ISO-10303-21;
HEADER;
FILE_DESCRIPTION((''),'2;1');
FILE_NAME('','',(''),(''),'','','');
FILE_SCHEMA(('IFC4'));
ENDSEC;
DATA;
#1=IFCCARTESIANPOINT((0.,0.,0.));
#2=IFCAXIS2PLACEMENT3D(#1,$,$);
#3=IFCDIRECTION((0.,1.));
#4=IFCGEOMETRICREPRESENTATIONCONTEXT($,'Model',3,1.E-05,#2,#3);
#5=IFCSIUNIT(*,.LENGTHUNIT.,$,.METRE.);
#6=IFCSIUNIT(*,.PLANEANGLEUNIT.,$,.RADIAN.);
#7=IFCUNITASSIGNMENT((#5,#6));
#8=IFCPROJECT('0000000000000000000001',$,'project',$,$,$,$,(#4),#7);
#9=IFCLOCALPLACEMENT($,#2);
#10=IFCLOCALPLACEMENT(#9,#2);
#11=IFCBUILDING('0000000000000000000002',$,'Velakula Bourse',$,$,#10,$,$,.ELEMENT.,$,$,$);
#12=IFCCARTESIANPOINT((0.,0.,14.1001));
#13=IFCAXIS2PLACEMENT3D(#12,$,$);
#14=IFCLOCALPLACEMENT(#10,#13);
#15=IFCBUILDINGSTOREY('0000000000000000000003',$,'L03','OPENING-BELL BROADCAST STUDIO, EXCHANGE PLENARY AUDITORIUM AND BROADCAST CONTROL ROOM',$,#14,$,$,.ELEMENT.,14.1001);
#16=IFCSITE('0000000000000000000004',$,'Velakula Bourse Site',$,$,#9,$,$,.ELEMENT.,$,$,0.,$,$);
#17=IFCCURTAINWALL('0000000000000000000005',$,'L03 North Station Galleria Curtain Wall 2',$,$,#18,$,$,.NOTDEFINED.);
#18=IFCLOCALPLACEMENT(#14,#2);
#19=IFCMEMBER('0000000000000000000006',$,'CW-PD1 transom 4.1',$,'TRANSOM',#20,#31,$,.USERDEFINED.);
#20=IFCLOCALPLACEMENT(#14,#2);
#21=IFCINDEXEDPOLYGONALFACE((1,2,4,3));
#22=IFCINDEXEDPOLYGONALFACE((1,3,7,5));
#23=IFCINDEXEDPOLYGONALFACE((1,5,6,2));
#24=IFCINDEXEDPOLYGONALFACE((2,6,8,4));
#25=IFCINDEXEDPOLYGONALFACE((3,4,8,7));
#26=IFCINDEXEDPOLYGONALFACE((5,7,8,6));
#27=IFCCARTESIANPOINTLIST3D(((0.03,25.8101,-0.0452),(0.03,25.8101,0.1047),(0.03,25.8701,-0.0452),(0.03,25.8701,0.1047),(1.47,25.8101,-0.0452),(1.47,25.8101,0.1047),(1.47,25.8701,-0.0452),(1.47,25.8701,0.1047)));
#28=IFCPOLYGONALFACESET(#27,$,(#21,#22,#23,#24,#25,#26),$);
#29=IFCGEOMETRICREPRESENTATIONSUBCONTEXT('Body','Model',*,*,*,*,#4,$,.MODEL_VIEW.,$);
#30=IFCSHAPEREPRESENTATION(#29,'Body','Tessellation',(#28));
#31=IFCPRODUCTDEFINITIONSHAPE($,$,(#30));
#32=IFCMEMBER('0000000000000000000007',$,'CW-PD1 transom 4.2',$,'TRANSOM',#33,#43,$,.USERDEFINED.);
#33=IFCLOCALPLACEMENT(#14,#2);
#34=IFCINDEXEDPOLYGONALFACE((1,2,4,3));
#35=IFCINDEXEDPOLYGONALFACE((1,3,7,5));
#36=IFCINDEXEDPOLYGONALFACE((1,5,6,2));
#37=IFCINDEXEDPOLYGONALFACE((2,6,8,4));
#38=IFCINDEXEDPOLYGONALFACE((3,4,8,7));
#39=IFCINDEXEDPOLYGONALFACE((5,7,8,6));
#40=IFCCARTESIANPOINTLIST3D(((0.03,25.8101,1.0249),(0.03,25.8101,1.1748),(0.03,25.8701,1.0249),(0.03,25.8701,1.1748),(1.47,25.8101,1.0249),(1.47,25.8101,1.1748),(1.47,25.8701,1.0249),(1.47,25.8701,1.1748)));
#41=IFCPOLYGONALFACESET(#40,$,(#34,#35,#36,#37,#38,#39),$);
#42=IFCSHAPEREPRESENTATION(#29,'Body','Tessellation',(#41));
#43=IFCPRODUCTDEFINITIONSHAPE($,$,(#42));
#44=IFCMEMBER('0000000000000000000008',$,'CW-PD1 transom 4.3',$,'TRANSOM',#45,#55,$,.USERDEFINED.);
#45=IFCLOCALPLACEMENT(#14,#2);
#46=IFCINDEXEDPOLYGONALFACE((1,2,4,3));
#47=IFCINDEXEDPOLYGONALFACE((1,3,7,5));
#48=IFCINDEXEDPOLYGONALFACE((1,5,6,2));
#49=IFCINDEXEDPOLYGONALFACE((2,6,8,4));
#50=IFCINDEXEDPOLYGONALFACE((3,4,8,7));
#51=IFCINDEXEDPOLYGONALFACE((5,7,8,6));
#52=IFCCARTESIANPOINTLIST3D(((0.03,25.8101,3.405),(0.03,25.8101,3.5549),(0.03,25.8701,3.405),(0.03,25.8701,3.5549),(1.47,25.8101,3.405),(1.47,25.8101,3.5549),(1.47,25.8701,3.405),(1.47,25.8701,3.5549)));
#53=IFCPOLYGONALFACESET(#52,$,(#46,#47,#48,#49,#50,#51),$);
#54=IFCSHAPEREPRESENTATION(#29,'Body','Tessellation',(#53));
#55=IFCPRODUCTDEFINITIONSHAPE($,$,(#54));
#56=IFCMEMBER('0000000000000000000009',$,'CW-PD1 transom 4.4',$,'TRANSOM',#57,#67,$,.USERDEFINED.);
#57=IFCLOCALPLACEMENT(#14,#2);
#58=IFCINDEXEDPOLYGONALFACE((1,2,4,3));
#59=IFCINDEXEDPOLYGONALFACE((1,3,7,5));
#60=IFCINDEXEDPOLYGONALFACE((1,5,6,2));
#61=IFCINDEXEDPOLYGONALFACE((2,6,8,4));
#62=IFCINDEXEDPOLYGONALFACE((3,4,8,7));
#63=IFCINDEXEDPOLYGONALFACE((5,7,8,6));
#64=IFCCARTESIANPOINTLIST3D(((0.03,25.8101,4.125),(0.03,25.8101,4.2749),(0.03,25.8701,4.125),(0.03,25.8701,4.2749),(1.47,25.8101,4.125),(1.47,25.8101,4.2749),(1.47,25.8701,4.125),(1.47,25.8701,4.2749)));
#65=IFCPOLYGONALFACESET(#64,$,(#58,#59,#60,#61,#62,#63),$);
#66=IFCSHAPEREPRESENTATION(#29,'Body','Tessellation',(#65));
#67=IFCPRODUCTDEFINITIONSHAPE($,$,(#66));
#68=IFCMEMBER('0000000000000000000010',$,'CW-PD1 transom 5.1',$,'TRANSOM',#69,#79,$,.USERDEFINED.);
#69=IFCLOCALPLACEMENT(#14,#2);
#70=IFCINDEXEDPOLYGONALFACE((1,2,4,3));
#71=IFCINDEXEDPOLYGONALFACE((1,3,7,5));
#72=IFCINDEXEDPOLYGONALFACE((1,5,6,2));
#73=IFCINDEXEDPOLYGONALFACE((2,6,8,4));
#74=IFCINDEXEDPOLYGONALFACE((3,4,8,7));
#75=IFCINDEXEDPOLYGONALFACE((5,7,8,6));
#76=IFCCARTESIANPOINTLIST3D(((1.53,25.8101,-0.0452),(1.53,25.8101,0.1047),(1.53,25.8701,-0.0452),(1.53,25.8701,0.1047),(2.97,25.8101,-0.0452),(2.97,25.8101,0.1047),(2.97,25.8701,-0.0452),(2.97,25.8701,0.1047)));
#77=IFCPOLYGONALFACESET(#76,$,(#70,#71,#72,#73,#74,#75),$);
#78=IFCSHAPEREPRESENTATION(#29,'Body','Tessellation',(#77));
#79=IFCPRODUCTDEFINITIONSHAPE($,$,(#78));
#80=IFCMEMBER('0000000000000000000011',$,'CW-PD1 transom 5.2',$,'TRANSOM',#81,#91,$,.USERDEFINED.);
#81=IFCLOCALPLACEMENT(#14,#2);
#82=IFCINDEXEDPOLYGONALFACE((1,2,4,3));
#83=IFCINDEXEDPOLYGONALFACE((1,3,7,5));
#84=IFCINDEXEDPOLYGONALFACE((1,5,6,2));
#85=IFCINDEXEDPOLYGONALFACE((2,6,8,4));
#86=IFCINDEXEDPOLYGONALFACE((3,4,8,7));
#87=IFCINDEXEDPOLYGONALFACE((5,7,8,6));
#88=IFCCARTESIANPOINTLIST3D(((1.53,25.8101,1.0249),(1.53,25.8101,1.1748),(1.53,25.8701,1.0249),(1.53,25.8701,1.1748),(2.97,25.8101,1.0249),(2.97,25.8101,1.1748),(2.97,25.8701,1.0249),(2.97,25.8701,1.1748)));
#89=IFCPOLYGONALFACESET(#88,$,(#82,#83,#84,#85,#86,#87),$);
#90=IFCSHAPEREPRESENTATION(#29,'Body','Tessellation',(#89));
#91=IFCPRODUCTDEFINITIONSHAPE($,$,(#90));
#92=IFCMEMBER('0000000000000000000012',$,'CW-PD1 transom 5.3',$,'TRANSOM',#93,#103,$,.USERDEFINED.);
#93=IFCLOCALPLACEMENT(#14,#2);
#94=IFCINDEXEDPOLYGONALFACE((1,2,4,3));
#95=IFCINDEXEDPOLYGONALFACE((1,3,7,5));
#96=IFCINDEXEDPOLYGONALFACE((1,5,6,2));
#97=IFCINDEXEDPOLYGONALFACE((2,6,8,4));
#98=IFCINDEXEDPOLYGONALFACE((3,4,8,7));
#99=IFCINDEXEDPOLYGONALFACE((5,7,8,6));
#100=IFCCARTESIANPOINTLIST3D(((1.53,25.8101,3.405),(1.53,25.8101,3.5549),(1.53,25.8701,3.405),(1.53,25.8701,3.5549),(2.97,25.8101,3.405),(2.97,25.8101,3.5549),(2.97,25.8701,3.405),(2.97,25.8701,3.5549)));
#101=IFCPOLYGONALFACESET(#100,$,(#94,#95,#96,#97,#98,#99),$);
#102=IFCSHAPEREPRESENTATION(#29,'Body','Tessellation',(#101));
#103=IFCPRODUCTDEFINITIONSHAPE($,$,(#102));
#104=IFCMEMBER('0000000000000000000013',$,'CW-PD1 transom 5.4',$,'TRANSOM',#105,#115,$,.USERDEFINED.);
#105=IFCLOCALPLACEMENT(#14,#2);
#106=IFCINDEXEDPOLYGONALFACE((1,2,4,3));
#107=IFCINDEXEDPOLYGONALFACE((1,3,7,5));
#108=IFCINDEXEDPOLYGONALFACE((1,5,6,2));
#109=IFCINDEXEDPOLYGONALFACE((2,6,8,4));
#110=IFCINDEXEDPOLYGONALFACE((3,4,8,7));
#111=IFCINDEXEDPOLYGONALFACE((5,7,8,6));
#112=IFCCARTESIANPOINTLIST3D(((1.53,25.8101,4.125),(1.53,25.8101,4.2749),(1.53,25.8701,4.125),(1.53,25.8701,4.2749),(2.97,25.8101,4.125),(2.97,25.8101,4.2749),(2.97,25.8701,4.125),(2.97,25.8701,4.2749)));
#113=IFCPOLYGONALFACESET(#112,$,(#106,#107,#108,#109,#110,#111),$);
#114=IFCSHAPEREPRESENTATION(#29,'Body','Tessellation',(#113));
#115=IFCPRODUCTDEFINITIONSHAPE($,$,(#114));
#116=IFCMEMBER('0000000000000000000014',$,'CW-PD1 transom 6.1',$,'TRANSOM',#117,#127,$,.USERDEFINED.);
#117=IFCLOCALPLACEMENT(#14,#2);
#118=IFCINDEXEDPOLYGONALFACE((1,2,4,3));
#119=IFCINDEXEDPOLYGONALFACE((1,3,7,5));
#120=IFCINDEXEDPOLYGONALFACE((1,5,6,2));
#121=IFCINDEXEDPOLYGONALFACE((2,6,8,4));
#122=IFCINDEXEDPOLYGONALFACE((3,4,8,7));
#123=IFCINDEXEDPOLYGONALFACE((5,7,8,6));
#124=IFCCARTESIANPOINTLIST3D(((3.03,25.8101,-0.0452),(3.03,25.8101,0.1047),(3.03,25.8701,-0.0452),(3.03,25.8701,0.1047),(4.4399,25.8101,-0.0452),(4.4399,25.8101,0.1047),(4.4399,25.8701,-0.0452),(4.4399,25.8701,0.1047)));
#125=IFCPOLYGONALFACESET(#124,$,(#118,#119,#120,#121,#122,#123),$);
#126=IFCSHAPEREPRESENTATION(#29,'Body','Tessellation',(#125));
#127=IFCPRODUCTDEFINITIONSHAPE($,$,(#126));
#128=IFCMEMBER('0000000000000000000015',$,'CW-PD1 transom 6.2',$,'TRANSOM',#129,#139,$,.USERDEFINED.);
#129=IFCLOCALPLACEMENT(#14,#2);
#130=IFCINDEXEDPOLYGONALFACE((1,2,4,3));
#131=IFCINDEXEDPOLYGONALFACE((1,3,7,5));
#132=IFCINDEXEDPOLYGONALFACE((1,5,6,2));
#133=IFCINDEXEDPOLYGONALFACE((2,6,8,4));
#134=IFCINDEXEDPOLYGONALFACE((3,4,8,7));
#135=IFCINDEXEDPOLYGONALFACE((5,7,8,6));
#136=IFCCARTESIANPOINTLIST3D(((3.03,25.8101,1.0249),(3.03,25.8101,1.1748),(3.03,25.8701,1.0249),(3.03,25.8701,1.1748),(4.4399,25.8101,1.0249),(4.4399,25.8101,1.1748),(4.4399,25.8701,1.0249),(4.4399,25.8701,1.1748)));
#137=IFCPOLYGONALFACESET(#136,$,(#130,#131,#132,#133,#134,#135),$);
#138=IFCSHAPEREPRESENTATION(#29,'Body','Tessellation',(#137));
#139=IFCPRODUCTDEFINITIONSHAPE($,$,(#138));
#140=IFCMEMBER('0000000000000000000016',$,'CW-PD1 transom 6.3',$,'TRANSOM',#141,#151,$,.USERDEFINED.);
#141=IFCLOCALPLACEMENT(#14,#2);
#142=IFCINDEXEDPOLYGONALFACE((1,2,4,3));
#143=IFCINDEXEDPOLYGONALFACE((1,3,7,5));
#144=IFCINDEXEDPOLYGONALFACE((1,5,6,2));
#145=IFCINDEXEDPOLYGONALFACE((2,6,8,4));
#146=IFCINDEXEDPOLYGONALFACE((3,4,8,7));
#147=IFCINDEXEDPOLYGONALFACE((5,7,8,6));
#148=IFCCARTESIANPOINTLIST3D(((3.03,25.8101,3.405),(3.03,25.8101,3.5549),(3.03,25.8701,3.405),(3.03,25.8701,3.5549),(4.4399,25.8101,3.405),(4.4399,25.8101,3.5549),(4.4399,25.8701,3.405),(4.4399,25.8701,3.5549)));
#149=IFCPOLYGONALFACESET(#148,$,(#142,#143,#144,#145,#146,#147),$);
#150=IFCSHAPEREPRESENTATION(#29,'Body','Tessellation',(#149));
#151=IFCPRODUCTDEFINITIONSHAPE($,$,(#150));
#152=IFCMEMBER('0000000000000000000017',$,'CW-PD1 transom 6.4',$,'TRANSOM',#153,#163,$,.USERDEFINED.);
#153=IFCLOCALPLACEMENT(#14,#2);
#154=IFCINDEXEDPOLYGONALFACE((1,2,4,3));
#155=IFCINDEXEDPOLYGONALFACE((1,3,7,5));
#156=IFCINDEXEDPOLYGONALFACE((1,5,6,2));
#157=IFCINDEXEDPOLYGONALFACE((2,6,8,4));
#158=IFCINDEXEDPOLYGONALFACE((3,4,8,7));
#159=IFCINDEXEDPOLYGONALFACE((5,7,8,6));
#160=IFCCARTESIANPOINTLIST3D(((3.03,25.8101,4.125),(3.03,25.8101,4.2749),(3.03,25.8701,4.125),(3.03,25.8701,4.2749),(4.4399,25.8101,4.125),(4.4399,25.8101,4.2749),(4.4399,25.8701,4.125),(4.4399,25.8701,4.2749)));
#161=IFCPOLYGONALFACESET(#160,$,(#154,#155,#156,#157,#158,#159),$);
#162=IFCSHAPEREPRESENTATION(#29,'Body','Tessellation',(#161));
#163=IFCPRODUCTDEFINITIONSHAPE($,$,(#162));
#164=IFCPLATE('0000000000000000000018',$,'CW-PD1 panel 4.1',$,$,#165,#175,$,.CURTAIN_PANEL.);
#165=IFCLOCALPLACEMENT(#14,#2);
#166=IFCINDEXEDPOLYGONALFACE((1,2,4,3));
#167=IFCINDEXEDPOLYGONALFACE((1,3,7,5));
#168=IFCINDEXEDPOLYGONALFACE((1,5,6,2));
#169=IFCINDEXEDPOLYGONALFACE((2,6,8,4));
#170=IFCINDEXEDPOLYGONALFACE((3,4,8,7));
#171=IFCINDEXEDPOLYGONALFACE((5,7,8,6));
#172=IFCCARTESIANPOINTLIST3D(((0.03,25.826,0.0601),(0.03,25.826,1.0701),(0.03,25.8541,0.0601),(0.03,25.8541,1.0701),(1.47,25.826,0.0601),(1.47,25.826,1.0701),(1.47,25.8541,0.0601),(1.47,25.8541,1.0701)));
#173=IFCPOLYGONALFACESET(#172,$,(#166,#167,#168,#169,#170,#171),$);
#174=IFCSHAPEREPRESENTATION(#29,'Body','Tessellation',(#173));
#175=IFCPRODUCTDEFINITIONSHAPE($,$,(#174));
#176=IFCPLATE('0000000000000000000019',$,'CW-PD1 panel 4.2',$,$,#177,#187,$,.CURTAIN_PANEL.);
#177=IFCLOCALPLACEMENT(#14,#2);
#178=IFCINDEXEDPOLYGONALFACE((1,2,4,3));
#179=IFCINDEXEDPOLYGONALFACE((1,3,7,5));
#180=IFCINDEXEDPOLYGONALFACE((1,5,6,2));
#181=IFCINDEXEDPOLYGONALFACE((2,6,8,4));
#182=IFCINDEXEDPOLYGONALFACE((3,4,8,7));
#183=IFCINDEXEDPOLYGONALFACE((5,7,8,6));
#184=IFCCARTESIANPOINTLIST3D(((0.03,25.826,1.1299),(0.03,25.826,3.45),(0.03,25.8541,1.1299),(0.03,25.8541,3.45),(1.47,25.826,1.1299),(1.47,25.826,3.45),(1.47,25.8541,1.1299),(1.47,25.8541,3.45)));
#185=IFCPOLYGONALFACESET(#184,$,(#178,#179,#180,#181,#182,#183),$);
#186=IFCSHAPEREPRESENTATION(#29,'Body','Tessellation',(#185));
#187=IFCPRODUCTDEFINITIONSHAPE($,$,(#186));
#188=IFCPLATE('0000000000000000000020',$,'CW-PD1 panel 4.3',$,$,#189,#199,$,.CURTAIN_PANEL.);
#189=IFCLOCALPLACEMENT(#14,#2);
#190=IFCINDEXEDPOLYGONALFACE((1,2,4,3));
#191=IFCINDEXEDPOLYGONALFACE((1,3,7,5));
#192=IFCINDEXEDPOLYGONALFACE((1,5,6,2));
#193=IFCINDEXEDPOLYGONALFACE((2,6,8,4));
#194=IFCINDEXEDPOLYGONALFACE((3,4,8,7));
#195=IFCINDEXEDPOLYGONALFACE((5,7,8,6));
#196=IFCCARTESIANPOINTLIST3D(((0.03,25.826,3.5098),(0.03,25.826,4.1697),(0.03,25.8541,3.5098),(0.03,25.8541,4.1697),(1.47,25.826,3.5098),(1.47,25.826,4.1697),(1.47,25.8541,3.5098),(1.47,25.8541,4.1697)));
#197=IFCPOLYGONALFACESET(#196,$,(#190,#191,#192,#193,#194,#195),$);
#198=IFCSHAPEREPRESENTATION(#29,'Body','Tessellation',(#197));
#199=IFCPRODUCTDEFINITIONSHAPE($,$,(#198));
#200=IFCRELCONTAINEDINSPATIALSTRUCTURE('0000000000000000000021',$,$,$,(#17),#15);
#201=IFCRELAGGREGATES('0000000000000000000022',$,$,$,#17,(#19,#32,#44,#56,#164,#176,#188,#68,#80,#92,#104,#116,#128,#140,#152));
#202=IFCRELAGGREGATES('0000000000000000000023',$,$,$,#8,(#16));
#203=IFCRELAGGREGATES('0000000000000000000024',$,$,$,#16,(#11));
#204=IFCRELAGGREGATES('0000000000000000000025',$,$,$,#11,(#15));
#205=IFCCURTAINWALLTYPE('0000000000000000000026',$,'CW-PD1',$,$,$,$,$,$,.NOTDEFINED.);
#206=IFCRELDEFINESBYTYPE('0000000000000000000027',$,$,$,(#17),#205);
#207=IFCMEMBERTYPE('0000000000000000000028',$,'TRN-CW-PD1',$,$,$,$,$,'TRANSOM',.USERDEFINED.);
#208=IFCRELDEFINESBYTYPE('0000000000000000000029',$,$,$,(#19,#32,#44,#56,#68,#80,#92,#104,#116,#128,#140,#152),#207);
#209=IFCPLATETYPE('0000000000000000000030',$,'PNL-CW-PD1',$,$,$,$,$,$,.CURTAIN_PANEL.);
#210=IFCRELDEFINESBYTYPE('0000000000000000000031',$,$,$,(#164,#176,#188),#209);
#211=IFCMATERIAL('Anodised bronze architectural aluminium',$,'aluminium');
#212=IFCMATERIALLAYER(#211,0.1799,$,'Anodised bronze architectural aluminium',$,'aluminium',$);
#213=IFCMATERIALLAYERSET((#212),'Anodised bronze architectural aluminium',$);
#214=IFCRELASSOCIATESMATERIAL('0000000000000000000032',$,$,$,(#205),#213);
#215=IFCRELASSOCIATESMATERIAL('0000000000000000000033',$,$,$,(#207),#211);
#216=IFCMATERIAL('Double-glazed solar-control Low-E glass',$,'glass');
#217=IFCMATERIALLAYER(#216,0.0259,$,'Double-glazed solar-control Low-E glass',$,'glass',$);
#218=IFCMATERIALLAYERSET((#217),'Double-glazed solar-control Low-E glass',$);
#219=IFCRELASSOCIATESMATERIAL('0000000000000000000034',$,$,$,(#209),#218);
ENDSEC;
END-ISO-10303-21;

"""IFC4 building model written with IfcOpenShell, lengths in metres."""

from ifc_helpers import new_model, si_unit, direction, frame, origin, origin_2d, place, context, subcontext, project, spatial, rectangle, extrude, material, layer, layer_set, material_profile, profile_set, type_object, element, aggregate, save


model = new_model("IFC4")

# Units and contexts
model_context = context("Model", 3, precision=1e-05, world=origin(), true_north=direction((0.0, 1.0)))
body_context = subcontext(model_context, "Body", "Model", "MODEL_VIEW")
ifc_project = project(units=[si_unit("LENGTHUNIT", "METRE"), si_unit("PLANEANGLEUNIT", "RADIAN")], contexts=[model_context])

# Site, building, storey
site_placement = place(None, origin())
site = spatial("IfcSite", under=ifc_project, at=site_placement, Name="Velakula Bourse Site", CompositionType="ELEMENT", RefElevation=0.0)
building_placement = place(site_placement, origin())
building = spatial("IfcBuilding", under=site, at=building_placement, Name="Velakula Bourse", CompositionType="ELEMENT")
storey_placement = place(building_placement, frame((0.0, 0.0, 14.1001)))
storey = spatial("IfcBuildingStorey", under=building, at=storey_placement, Name="L03", Description="OPENING-BELL BROADCAST STUDIO, EXCHANGE PLENARY AUDITORIUM AND BROADCAST CONTROL ROOM", CompositionType="ELEMENT", Elevation=14.1001)

# Curtain wall, members, plates
ifc_material_1 = material(Name="Anodised bronze architectural aluminium", Category="aluminium")
ifc_layer_1 = layer(ifc_material_1, 0.1799, Name="Anodised bronze architectural aluminium", Category="aluminium")
ifc_layer_set_1 = layer_set([ifc_layer_1], Name="Anodised bronze architectural aluminium")
curtain_wall_type = type_object("IfcCurtainWallType", Name="CW-PD1", PredefinedType="NOTDEFINED", material=ifc_layer_set_1)
curtain_wall_placement = place(storey_placement, origin())
curtain_wall = element("IfcCurtainWall", 1, at=curtain_wall_placement, inside=storey, type_object=curtain_wall_type, Name="L03 North Station Galleria Curtain Wall 2", PredefinedType="NOTDEFINED")
ifc_material_profile_1 = material_profile(ifc_material_1, rectangle(XDim=0.0601, YDim=0.1499, at=origin_2d()), Name="Anodised bronze architectural aluminium")
ifc_profile_set_1 = profile_set([ifc_material_profile_1], Name="Anodised bronze architectural aluminium")
member_type_1 = type_object("IfcMemberType", Name="TRN-CW-PD1", ElementType="TRANSOM", PredefinedType="USERDEFINED", material=ifc_profile_set_1)
member_1_placement = place(storey_placement, frame((0.03, 25.8401, 0.0298), z_axis=(1.0, 0.0, 0.0), x_axis=(0.0, 1.0, 0.0)))
member_1 = element("IfcMember", 2, at=member_1_placement, type_object=member_type_1, Name="CW-PD1 transom 4.1", ObjectType="TRANSOM", PredefinedType="USERDEFINED", context=body_context, shape_type="SweptSolid", body=[
    extrude(rectangle(XDim=0.0601, YDim=0.1499, at=origin_2d()), origin(), (0.0, 0.0, 1.0), 1.4399),
])
member_2_placement = place(storey_placement, frame((0.03, 25.8401, 1.0999), z_axis=(1.0, 0.0, 0.0), x_axis=(0.0, 1.0, 0.0)))
member_2 = element("IfcMember", 3, at=member_2_placement, type_object=member_type_1, Name="CW-PD1 transom 4.2", ObjectType="TRANSOM", PredefinedType="USERDEFINED", context=body_context, shape_type="SweptSolid", body=[
    extrude(rectangle(XDim=0.0601, YDim=0.1499, at=origin_2d()), origin(), (0.0, 0.0, 1.0), 1.4399),
])
member_3_placement = place(storey_placement, frame((0.03, 25.8401, 3.48), z_axis=(1.0, 0.0, 0.0), x_axis=(0.0, 1.0, 0.0)))
member_3 = element("IfcMember", 4, at=member_3_placement, type_object=member_type_1, Name="CW-PD1 transom 4.3", ObjectType="TRANSOM", PredefinedType="USERDEFINED", context=body_context, shape_type="SweptSolid", body=[
    extrude(rectangle(XDim=0.0601, YDim=0.1499, at=origin_2d()), origin(), (0.0, 0.0, 1.0), 1.4399),
])
member_4_placement = place(storey_placement, frame((0.03, 25.8401, 4.2), z_axis=(1.0, 0.0, 0.0), x_axis=(0.0, 1.0, 0.0)))
member_4 = element("IfcMember", 5, at=member_4_placement, type_object=member_type_1, Name="CW-PD1 transom 4.4", ObjectType="TRANSOM", PredefinedType="USERDEFINED", context=body_context, shape_type="SweptSolid", body=[
    extrude(rectangle(XDim=0.0601, YDim=0.1499, at=origin_2d()), origin(), (0.0, 0.0, 1.0), 1.4399),
])
member_5_placement = place(storey_placement, frame((1.53, 25.8401, 0.0298), z_axis=(1.0, 0.0, 0.0), x_axis=(0.0, 1.0, 0.0)))
member_5 = element("IfcMember", 6, at=member_5_placement, type_object=member_type_1, Name="CW-PD1 transom 5.1", ObjectType="TRANSOM", PredefinedType="USERDEFINED", context=body_context, shape_type="SweptSolid", body=[
    extrude(rectangle(XDim=0.0601, YDim=0.1499, at=origin_2d()), origin(), (0.0, 0.0, 1.0), 1.4399),
])
member_6_placement = place(storey_placement, frame((1.53, 25.8401, 1.0999), z_axis=(1.0, 0.0, 0.0), x_axis=(0.0, 1.0, 0.0)))
member_6 = element("IfcMember", 7, at=member_6_placement, type_object=member_type_1, Name="CW-PD1 transom 5.2", ObjectType="TRANSOM", PredefinedType="USERDEFINED", context=body_context, shape_type="SweptSolid", body=[
    extrude(rectangle(XDim=0.0601, YDim=0.1499, at=origin_2d()), origin(), (0.0, 0.0, 1.0), 1.4399),
])
member_7_placement = place(storey_placement, frame((1.53, 25.8401, 3.48), z_axis=(1.0, 0.0, 0.0), x_axis=(0.0, 1.0, 0.0)))
member_7 = element("IfcMember", 8, at=member_7_placement, type_object=member_type_1, Name="CW-PD1 transom 5.3", ObjectType="TRANSOM", PredefinedType="USERDEFINED", context=body_context, shape_type="SweptSolid", body=[
    extrude(rectangle(XDim=0.0601, YDim=0.1499, at=origin_2d()), origin(), (0.0, 0.0, 1.0), 1.4399),
])
member_8_placement = place(storey_placement, frame((1.53, 25.8401, 4.2), z_axis=(1.0, 0.0, 0.0), x_axis=(0.0, 1.0, 0.0)))
member_8 = element("IfcMember", 9, at=member_8_placement, type_object=member_type_1, Name="CW-PD1 transom 5.4", ObjectType="TRANSOM", PredefinedType="USERDEFINED", context=body_context, shape_type="SweptSolid", body=[
    extrude(rectangle(XDim=0.0601, YDim=0.1499, at=origin_2d()), origin(), (0.0, 0.0, 1.0), 1.4399),
])
member_9_placement = place(storey_placement, frame((3.03, 25.8401, 0.0298), z_axis=(1.0, 0.0, 0.0), x_axis=(0.0, 1.0, 0.0)))
member_9 = element("IfcMember", 10, at=member_9_placement, type_object=member_type_1, Name="CW-PD1 transom 6.1", ObjectType="TRANSOM", PredefinedType="USERDEFINED", context=body_context, shape_type="SweptSolid", body=[
    extrude(rectangle(XDim=0.0601, YDim=0.1499, at=origin_2d()), origin(), (0.0, 0.0, 1.0), 1.4099),
])
member_10_placement = place(storey_placement, frame((3.03, 25.8401, 1.0999), z_axis=(1.0, 0.0, 0.0), x_axis=(0.0, 1.0, 0.0)))
member_10 = element("IfcMember", 11, at=member_10_placement, type_object=member_type_1, Name="CW-PD1 transom 6.2", ObjectType="TRANSOM", PredefinedType="USERDEFINED", context=body_context, shape_type="SweptSolid", body=[
    extrude(rectangle(XDim=0.0601, YDim=0.1499, at=origin_2d()), origin(), (0.0, 0.0, 1.0), 1.4099),
])
member_11_placement = place(storey_placement, frame((3.03, 25.8401, 3.48), z_axis=(1.0, 0.0, 0.0), x_axis=(0.0, 1.0, 0.0)))
member_11 = element("IfcMember", 12, at=member_11_placement, type_object=member_type_1, Name="CW-PD1 transom 6.3", ObjectType="TRANSOM", PredefinedType="USERDEFINED", context=body_context, shape_type="SweptSolid", body=[
    extrude(rectangle(XDim=0.0601, YDim=0.1499, at=origin_2d()), origin(), (0.0, 0.0, 1.0), 1.4099),
])
member_12_placement = place(storey_placement, frame((3.03, 25.8401, 4.2), z_axis=(1.0, 0.0, 0.0), x_axis=(0.0, 1.0, 0.0)))
member_12 = element("IfcMember", 13, at=member_12_placement, type_object=member_type_1, Name="CW-PD1 transom 6.4", ObjectType="TRANSOM", PredefinedType="USERDEFINED", context=body_context, shape_type="SweptSolid", body=[
    extrude(rectangle(XDim=0.0601, YDim=0.1499, at=origin_2d()), origin(), (0.0, 0.0, 1.0), 1.4099),
])
ifc_material_2 = material(Name="Double-glazed solar-control Low-E glass", Category="glass")
ifc_layer_2 = layer(ifc_material_2, 0.0259, Name="Double-glazed solar-control Low-E glass", Category="glass")
ifc_layer_set_2 = layer_set([ifc_layer_2], Name="Double-glazed solar-control Low-E glass")
plate_type = type_object("IfcPlateType", Name="PNL-CW-PD1", PredefinedType="CURTAIN_PANEL", material=ifc_layer_set_2)
plate_1_placement = place(storey_placement, frame((0.75, 25.8401, 0.0601), z_axis=(0.0, 0.0, 1.0), x_axis=(1.0, 0.0, 0.0)))
plate_1 = element("IfcPlate", 14, at=plate_1_placement, type_object=plate_type, Name="CW-PD1 panel 4.1", PredefinedType="CURTAIN_PANEL", context=body_context, shape_type="SweptSolid", body=[
    extrude(rectangle(XDim=1.4399, YDim=0.0281, at=origin_2d()), origin(), (0.0, 0.0, 1.0), 1.01),
])
plate_2_placement = place(storey_placement, frame((0.75, 25.8401, 1.1299), z_axis=(0.0, 0.0, 1.0), x_axis=(1.0, 0.0, 0.0)))
plate_2 = element("IfcPlate", 15, at=plate_2_placement, type_object=plate_type, Name="CW-PD1 panel 4.2", PredefinedType="CURTAIN_PANEL", context=body_context, shape_type="SweptSolid", body=[
    extrude(rectangle(XDim=1.4399, YDim=0.0281, at=origin_2d()), origin(), (0.0, 0.0, 1.0), 2.3201),
])
plate_3_placement = place(storey_placement, frame((0.75, 25.8401, 3.5098), z_axis=(0.0, 0.0, 1.0), x_axis=(1.0, 0.0, 0.0)))
plate_3 = element("IfcPlate", 16, at=plate_3_placement, type_object=plate_type, Name="CW-PD1 panel 4.3", PredefinedType="CURTAIN_PANEL", context=body_context, shape_type="SweptSolid", body=[
    extrude(rectangle(XDim=1.4399, YDim=0.0281, at=origin_2d()), origin(), (0.0, 0.0, 1.0), 0.6599),
])
aggregate(curtain_wall, [member_1, member_2, member_3, member_4, plate_1, plate_2, plate_3, member_5, member_6, member_7, member_8, member_9, member_10, member_11, member_12])

save(model, "model.ifc")
